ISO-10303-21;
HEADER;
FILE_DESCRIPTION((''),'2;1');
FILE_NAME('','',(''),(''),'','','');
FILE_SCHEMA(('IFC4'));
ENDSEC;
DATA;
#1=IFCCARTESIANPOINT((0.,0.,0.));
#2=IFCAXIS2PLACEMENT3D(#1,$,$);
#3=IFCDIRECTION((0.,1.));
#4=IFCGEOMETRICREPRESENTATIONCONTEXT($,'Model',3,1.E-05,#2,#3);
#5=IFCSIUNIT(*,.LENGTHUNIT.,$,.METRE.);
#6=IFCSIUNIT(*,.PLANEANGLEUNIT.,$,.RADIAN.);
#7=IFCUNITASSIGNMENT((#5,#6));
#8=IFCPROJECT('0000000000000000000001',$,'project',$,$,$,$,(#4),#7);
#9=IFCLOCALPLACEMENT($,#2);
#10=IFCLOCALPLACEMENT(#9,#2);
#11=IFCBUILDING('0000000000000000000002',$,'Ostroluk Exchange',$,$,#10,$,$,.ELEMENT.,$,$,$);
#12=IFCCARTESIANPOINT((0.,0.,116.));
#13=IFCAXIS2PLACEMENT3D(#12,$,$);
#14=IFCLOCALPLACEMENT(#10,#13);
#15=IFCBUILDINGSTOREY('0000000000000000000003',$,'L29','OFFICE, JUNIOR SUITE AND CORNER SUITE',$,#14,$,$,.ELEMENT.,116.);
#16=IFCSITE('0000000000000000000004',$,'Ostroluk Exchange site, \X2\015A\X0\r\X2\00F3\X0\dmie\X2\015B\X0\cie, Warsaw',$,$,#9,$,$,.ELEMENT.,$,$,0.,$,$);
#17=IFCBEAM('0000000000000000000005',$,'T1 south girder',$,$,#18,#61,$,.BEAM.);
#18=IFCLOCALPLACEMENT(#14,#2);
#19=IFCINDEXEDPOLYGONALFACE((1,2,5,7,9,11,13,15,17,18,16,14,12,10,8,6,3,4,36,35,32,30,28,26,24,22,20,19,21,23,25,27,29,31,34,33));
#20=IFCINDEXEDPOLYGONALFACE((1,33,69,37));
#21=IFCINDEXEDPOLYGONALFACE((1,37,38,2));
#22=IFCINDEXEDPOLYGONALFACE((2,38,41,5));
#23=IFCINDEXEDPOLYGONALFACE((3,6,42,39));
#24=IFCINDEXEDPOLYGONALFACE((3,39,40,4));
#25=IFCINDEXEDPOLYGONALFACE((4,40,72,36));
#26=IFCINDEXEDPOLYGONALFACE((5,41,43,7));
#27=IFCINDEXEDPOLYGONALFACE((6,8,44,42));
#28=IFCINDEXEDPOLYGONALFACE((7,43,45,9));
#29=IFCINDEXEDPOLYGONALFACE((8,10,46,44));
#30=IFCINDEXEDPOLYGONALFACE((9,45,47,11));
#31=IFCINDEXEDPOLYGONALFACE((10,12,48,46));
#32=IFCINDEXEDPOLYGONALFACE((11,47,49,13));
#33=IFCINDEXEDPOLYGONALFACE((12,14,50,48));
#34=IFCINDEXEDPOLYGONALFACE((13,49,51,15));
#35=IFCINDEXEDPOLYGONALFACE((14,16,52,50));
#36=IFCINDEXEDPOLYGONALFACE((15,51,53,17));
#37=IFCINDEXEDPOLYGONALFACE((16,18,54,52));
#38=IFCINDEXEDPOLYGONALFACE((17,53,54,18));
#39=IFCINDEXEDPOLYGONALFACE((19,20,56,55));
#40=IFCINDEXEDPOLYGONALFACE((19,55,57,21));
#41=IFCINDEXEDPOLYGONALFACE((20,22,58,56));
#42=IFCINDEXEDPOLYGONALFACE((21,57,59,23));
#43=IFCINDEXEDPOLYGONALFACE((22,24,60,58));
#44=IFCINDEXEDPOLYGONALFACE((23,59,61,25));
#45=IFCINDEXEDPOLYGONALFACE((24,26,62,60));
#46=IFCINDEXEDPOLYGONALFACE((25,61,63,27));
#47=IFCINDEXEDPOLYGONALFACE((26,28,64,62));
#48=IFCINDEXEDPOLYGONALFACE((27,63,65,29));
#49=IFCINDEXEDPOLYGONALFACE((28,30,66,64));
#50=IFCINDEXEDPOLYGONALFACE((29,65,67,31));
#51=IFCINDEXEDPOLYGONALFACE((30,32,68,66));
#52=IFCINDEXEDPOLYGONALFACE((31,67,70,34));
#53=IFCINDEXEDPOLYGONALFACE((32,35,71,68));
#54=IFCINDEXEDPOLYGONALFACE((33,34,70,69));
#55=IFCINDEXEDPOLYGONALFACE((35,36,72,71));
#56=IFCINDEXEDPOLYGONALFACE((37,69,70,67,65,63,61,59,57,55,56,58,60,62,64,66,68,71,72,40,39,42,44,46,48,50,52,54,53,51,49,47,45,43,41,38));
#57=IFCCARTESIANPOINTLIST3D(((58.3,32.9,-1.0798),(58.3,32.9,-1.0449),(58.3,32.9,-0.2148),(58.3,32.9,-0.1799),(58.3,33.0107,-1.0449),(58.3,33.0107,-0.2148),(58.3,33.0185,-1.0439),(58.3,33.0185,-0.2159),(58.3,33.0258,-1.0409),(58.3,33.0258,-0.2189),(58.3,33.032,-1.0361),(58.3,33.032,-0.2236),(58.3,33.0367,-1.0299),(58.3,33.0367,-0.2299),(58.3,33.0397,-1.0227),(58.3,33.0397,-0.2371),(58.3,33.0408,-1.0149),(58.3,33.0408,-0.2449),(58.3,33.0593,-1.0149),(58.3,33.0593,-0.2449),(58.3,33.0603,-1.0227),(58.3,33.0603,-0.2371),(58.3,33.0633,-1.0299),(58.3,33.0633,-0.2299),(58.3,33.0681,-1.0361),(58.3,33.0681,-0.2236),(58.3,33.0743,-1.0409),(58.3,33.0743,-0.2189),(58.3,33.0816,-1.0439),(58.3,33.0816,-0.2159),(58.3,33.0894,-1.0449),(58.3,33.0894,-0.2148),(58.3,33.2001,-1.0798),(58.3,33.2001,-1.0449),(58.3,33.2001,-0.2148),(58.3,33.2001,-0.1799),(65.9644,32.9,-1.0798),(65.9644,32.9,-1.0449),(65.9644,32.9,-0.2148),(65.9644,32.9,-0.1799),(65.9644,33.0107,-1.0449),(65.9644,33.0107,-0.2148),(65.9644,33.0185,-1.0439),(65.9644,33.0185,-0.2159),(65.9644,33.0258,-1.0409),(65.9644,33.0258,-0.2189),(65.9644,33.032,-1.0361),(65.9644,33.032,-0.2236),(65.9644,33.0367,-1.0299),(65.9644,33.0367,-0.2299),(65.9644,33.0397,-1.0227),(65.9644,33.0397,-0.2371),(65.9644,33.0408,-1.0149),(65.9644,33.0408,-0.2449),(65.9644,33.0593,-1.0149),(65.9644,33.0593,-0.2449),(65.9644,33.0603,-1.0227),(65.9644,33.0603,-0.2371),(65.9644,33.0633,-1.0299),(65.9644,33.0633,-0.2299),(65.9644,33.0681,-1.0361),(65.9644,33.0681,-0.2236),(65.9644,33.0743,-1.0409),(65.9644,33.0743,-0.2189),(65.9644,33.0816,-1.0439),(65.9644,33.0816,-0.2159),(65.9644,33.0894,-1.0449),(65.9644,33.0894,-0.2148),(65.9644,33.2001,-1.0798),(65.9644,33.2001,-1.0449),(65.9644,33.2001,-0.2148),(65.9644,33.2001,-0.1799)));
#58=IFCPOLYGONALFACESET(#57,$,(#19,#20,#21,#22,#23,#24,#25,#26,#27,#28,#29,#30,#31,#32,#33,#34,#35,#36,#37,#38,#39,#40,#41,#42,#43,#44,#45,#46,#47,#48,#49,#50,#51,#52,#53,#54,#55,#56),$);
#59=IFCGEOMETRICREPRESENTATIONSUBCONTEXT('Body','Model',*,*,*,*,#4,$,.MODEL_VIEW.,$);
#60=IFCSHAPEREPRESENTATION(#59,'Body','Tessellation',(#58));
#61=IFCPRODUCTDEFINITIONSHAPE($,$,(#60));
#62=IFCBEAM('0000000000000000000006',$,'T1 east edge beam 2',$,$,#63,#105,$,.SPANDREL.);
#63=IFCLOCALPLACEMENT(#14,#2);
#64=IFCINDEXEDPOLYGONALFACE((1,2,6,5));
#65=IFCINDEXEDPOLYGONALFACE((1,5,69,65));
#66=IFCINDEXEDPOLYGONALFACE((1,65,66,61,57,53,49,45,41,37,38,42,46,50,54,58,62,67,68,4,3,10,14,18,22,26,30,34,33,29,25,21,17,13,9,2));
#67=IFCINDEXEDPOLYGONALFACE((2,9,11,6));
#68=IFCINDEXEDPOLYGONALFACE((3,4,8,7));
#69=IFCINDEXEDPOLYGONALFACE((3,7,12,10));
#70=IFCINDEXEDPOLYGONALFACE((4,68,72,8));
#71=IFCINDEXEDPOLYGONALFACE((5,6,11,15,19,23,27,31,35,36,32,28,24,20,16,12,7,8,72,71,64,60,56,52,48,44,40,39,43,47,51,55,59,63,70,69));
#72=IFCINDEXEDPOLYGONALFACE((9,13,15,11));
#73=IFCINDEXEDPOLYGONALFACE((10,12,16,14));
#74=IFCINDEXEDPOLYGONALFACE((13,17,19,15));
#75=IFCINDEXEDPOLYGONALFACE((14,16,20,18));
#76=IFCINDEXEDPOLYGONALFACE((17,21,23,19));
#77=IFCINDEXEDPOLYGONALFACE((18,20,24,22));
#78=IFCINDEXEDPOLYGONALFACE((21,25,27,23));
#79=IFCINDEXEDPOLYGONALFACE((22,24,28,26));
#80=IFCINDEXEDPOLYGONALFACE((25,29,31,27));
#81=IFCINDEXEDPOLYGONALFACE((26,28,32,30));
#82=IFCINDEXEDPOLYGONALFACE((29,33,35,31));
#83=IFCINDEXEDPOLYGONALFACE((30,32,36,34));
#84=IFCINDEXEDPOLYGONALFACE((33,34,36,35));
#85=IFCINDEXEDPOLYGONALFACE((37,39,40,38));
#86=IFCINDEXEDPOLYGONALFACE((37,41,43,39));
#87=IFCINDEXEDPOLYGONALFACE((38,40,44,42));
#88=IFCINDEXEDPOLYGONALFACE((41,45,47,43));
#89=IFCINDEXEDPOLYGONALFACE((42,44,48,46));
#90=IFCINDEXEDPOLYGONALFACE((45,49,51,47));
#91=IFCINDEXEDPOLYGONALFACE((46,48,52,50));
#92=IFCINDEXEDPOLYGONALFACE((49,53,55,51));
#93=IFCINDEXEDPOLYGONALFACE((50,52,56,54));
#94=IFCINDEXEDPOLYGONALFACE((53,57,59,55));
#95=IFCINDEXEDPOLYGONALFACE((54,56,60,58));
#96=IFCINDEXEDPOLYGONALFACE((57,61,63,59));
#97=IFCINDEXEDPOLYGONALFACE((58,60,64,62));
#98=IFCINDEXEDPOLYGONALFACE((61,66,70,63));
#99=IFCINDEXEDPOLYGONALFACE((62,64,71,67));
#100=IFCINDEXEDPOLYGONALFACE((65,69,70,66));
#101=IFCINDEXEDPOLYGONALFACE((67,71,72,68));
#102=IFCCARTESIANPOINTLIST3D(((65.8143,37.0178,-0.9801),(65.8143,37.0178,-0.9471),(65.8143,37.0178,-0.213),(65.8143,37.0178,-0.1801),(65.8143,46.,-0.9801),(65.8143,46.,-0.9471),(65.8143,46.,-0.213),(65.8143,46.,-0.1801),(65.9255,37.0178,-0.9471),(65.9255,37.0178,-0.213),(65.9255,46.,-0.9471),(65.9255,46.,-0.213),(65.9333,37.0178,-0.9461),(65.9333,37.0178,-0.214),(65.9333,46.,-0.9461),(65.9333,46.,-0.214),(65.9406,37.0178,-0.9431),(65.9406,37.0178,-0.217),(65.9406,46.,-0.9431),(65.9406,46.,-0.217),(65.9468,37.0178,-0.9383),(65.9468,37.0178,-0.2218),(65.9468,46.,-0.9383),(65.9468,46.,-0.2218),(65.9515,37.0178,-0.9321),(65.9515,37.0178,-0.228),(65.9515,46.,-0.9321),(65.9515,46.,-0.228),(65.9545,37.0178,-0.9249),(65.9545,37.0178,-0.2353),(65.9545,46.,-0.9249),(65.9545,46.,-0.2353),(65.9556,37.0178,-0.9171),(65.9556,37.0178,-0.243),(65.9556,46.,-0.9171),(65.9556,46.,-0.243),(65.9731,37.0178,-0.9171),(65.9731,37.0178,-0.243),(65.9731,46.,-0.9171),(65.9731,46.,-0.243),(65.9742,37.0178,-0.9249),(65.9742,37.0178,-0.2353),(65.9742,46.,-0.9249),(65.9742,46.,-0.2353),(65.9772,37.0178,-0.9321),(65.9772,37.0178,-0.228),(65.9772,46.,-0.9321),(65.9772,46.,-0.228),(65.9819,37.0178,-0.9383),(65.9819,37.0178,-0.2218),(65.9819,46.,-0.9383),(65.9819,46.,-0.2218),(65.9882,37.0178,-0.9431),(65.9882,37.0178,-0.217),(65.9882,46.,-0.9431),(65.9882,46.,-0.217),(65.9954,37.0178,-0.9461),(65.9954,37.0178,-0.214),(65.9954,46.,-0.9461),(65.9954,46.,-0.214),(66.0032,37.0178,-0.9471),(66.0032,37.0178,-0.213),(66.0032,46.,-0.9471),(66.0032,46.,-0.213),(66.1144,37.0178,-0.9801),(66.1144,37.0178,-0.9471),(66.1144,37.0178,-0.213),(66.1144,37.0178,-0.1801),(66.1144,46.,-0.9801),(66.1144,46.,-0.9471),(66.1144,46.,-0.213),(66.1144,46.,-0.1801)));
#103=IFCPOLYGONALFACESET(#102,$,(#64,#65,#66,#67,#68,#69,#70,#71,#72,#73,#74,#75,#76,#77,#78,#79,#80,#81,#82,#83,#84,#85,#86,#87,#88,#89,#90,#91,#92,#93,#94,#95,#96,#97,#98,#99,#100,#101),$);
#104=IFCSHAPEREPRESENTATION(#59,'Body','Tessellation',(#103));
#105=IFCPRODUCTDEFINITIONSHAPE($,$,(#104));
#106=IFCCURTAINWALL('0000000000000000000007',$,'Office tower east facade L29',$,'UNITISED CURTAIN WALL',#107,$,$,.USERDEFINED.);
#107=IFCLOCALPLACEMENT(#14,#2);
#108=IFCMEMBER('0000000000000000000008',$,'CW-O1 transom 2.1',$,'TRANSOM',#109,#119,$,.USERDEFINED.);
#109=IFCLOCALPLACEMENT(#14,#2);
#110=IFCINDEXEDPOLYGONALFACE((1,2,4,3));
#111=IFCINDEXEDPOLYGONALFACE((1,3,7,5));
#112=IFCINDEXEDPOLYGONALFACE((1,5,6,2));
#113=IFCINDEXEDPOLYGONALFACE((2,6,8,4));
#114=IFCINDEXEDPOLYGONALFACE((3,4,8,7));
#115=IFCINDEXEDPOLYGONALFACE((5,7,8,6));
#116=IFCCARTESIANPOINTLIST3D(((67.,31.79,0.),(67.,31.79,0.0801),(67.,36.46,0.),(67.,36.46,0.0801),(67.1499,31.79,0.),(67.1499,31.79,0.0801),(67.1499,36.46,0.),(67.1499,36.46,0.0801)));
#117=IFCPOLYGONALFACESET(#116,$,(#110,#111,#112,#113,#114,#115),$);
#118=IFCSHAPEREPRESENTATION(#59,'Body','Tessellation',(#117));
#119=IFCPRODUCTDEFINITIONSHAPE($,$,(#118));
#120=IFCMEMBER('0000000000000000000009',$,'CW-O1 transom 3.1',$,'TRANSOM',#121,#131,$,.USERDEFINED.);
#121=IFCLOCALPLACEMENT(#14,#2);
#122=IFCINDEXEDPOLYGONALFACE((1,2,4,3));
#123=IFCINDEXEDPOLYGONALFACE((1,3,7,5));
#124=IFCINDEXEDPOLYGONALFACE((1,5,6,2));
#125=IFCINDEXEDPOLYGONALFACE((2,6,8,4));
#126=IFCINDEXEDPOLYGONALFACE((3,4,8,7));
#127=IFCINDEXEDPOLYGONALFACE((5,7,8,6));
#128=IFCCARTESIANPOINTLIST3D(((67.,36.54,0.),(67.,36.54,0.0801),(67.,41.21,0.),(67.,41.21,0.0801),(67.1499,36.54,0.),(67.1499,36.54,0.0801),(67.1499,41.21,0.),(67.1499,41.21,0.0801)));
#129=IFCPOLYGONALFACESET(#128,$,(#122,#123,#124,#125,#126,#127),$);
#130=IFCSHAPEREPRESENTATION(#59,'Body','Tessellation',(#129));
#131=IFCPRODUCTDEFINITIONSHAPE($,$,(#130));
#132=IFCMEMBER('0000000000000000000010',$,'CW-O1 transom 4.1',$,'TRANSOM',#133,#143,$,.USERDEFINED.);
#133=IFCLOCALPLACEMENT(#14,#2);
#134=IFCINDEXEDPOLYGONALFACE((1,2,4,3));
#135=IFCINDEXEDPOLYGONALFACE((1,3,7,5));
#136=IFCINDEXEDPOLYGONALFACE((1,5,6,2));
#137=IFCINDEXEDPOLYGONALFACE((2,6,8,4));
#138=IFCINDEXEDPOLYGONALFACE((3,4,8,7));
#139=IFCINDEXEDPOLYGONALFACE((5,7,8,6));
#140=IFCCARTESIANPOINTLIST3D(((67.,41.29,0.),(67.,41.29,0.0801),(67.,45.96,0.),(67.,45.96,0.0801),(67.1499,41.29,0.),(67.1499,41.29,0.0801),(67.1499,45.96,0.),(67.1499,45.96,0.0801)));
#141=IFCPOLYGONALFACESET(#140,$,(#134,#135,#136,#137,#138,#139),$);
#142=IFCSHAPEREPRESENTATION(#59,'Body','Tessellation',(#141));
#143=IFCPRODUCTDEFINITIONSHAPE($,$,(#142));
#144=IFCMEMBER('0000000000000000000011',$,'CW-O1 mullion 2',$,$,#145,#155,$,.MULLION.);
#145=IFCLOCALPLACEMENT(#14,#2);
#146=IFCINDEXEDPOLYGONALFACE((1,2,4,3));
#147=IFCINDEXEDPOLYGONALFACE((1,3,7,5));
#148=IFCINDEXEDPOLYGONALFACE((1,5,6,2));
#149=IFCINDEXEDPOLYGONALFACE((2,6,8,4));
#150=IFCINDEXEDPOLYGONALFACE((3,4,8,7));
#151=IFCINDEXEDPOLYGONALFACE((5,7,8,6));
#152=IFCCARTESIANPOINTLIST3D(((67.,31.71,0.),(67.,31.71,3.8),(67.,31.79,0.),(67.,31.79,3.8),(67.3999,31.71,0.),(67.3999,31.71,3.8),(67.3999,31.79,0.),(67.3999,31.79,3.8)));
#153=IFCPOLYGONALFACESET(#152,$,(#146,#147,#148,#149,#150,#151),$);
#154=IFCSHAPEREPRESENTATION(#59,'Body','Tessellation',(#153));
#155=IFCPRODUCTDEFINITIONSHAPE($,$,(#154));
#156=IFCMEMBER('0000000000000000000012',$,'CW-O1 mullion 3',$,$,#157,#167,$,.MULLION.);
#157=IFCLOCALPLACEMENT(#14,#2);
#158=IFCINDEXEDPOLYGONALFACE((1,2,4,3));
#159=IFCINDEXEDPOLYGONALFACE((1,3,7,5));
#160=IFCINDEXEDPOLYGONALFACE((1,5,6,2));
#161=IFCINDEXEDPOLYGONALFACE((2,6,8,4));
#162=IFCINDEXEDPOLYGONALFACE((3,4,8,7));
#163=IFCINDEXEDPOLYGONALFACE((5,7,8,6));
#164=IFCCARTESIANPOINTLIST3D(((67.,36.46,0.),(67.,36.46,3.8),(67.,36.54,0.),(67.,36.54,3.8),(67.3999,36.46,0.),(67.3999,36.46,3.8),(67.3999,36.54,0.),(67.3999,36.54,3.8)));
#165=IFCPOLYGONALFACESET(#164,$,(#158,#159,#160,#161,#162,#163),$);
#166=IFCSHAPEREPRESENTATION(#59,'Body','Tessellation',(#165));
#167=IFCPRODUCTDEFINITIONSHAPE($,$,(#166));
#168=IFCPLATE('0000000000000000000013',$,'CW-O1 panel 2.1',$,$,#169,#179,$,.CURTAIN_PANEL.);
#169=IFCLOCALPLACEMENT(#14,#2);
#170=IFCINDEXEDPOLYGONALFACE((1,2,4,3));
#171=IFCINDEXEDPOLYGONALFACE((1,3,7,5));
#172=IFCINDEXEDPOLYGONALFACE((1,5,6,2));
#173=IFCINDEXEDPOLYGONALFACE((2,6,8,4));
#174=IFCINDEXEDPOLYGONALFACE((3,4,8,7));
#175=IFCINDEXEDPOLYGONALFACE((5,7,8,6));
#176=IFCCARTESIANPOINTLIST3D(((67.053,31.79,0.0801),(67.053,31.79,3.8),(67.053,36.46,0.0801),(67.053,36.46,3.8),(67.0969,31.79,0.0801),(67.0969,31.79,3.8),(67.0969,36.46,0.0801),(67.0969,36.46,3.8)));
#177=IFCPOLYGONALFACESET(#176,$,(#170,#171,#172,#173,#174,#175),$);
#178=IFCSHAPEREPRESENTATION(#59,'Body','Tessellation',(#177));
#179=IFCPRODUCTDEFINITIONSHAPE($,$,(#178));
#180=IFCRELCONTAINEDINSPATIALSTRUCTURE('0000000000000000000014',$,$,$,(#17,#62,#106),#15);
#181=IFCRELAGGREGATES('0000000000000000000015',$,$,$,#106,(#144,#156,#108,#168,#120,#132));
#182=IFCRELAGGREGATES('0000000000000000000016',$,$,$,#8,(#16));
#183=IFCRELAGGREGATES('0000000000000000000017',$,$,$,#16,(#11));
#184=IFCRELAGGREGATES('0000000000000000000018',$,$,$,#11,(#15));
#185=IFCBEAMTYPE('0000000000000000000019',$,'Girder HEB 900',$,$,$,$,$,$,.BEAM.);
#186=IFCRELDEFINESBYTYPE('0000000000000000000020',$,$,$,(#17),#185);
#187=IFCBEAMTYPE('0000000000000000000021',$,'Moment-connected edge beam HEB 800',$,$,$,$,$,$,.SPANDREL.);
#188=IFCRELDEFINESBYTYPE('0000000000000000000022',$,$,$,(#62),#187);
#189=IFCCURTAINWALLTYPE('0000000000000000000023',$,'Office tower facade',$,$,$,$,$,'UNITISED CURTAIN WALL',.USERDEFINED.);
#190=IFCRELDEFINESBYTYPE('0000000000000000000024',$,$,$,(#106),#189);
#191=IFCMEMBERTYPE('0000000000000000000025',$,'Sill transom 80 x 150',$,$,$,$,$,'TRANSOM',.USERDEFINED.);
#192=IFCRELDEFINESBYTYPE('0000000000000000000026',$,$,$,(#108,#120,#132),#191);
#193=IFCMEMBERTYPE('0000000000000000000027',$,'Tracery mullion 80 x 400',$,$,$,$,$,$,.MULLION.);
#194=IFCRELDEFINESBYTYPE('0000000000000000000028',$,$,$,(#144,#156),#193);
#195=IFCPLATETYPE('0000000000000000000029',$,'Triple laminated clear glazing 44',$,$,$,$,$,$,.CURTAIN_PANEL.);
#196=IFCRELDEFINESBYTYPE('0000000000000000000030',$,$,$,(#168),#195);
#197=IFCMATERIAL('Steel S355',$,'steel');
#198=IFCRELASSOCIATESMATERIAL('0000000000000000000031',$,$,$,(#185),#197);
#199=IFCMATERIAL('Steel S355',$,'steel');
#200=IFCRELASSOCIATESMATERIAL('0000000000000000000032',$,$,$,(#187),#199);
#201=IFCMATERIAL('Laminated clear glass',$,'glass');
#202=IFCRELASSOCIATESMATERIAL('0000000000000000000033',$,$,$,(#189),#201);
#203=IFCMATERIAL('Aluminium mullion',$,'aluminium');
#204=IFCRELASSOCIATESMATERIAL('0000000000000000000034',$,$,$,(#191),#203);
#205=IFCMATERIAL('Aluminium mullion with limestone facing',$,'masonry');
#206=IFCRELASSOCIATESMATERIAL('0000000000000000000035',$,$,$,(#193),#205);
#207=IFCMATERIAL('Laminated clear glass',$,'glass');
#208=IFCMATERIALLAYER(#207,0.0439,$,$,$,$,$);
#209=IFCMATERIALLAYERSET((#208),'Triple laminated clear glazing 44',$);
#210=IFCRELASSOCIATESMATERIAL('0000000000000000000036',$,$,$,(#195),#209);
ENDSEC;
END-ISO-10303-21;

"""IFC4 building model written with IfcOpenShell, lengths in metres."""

from ifc_helpers import new_model, si_unit, direction, frame, origin, origin_2d, place, context, subcontext, project, spatial, rectangle, i_section, extrude, material, layer, layer_set, material_profile, profile_set, type_object, element, aggregate, save


model = new_model("IFC4")

# Units and contexts
model_context = context("Model", 3, precision=1e-05, world=origin(), true_north=direction((0.0, 1.0)))
body_context = subcontext(model_context, "Body", "Model", "MODEL_VIEW")
ifc_project = project(units=[si_unit("LENGTHUNIT", "METRE"), si_unit("PLANEANGLEUNIT", "RADIAN")], contexts=[model_context])

# Site, building, storey
site_placement = place(None, origin())
site = spatial("IfcSite", under=ifc_project, at=site_placement, Name="Ostroluk Exchange site, Śródmieście, Warsaw", CompositionType="ELEMENT", RefElevation=0.0)
building_placement = place(site_placement, origin())
building = spatial("IfcBuilding", under=site, at=building_placement, Name="Ostroluk Exchange", CompositionType="ELEMENT")
storey_placement = place(building_placement, frame((0.0, 0.0, 116.0)))
storey = spatial("IfcBuildingStorey", under=building, at=storey_placement, Name="L29", Description="OFFICE, JUNIOR SUITE AND CORNER SUITE", CompositionType="ELEMENT", Elevation=116.0)

# Beams
ifc_material_1 = material(Name="Steel S355", Category="steel")
ifc_material_profile_1 = material_profile(ifc_material_1, i_section(OverallWidth=0.3, OverallDepth=0.8999, WebThickness=0.0186, FlangeThickness=0.0349, FilletRadius=0.03, at=origin_2d()), Name="HEB 900")
ifc_profile_set_1 = profile_set([ifc_material_profile_1], Name="Steel S355")
beam_type_1 = type_object("IfcBeamType", Name="Girder HEB 900", PredefinedType="BEAM", material=ifc_profile_set_1)
beam_1_placement = place(storey_placement, frame((58.3, 33.05, -0.6299), z_axis=(1.0, 0.0, 0.0), x_axis=(0.0, 1.0, 0.0)))
element("IfcBeam", 1, at=beam_1_placement, inside=storey, type_object=beam_type_1, Name="T1 south girder", PredefinedType="BEAM", context=body_context, shape_type="SweptSolid", body=[
    extrude(i_section(OverallWidth=0.3, OverallDepth=0.8999, WebThickness=0.0186, FlangeThickness=0.0349, FilletRadius=0.03, at=origin_2d()), origin(), (0.0, 0.0, 1.0), 7.6643),
])
ifc_material_2 = material(Name="Steel S355", Category="steel")
ifc_material_profile_2 = material_profile(ifc_material_2, i_section(OverallWidth=0.3, OverallDepth=0.8, WebThickness=0.0176, FlangeThickness=0.033, FilletRadius=0.03, at=origin_2d()), Name="HEB 800")
ifc_profile_set_2 = profile_set([ifc_material_profile_2], Name="Steel S355")
beam_type_2 = type_object("IfcBeamType", Name="Moment-connected edge beam HEB 800", PredefinedType="SPANDREL", material=ifc_profile_set_2)
beam_2_placement = place(storey_placement, frame((65.9644, 37.0178, -0.5801), z_axis=(0.0, 1.0, 0.0), x_axis=(-1.0, 0.0, 0.0)))
element("IfcBeam", 2, at=beam_2_placement, inside=storey, type_object=beam_type_2, Name="T1 east edge beam 2", PredefinedType="SPANDREL", context=body_context, shape_type="SweptSolid", body=[
    extrude(i_section(OverallWidth=0.3, OverallDepth=0.8, WebThickness=0.0176, FlangeThickness=0.033, FilletRadius=0.03, at=origin_2d()), origin(), (0.0, 0.0, 1.0), 8.9822),
])

# Curtain wall, members, plate
ifc_material_3 = material(Name="Laminated clear glass", Category="glass")
curtain_wall_type = type_object("IfcCurtainWallType", Name="Office tower facade", ElementType="UNITISED CURTAIN WALL", PredefinedType="USERDEFINED", material=ifc_material_3)
curtain_wall_placement = place(storey_placement, origin())
curtain_wall = element("IfcCurtainWall", 3, at=curtain_wall_placement, inside=storey, type_object=curtain_wall_type, Name="Office tower east facade L29", ObjectType="UNITISED CURTAIN WALL", PredefinedType="USERDEFINED")
ifc_material_4 = material(Name="Aluminium mullion", Category="aluminium")
ifc_material_profile_3 = material_profile(ifc_material_4, rectangle(XDim=0.1499, YDim=0.0801, at=origin_2d()), Name="Sill transom 80 x 150")
ifc_profile_set_3 = profile_set([ifc_material_profile_3], Name="Aluminium mullion")
member_type_1 = type_object("IfcMemberType", Name="Sill transom 80 x 150", ElementType="TRANSOM", PredefinedType="USERDEFINED", material=ifc_profile_set_3)
member_1_placement = place(storey_placement, frame((67.075, 31.79, 0.04), z_axis=(0.0, 1.0, 0.0), x_axis=(-1.0, 0.0, 0.0)))
member_1 = element("IfcMember", 4, at=member_1_placement, type_object=member_type_1, Name="CW-O1 transom 2.1", ObjectType="TRANSOM", PredefinedType="USERDEFINED", context=body_context, shape_type="SweptSolid", body=[
    extrude(rectangle(XDim=0.1499, YDim=0.0801, at=origin_2d()), origin(), (0.0, 0.0, 1.0), 4.6699),
])
member_2_placement = place(storey_placement, frame((67.075, 36.54, 0.04), z_axis=(0.0, 1.0, 0.0), x_axis=(-1.0, 0.0, 0.0)))
member_2 = element("IfcMember", 5, at=member_2_placement, type_object=member_type_1, Name="CW-O1 transom 3.1", ObjectType="TRANSOM", PredefinedType="USERDEFINED", context=body_context, shape_type="SweptSolid", body=[
    extrude(rectangle(XDim=0.1499, YDim=0.0801, at=origin_2d()), origin(), (0.0, 0.0, 1.0), 4.6699),
])
member_3_placement = place(storey_placement, frame((67.075, 41.29, 0.04), z_axis=(0.0, 1.0, 0.0), x_axis=(-1.0, 0.0, 0.0)))
member_3 = element("IfcMember", 6, at=member_3_placement, type_object=member_type_1, Name="CW-O1 transom 4.1", ObjectType="TRANSOM", PredefinedType="USERDEFINED", context=body_context, shape_type="SweptSolid", body=[
    extrude(rectangle(XDim=0.1499, YDim=0.0801, at=origin_2d()), origin(), (0.0, 0.0, 1.0), 4.6699),
])
ifc_material_5 = material(Name="Aluminium mullion with limestone facing", Category="masonry")
ifc_material_profile_4 = material_profile(ifc_material_5, rectangle(XDim=0.3999, YDim=0.0801, at=origin_2d()), Name="Tracery mullion 80 x 400")
ifc_profile_set_4 = profile_set([ifc_material_profile_4], Name="Aluminium mullion with limestone facing")
member_type_2 = type_object("IfcMemberType", Name="Tracery mullion 80 x 400", PredefinedType="MULLION", material=ifc_profile_set_4)
member_4_placement = place(storey_placement, frame((67.2, 31.75, 0.0), z_axis=(0.0, 0.0, 1.0), x_axis=(-1.0, 0.0, 0.0)))
member_4 = element("IfcMember", 7, at=member_4_placement, type_object=member_type_2, Name="CW-O1 mullion 2", PredefinedType="MULLION", context=body_context, shape_type="SweptSolid", body=[
    extrude(rectangle(XDim=0.3999, YDim=0.0801, at=origin_2d()), origin(), (0.0, 0.0, 1.0), 3.8),
])
member_5_placement = place(storey_placement, frame((67.2, 36.5, 0.0), z_axis=(0.0, 0.0, 1.0), x_axis=(-1.0, 0.0, 0.0)))
member_5 = element("IfcMember", 8, at=member_5_placement, type_object=member_type_2, Name="CW-O1 mullion 3", PredefinedType="MULLION", context=body_context, shape_type="SweptSolid", body=[
    extrude(rectangle(XDim=0.3999, YDim=0.0801, at=origin_2d()), origin(), (0.0, 0.0, 1.0), 3.8),
])
ifc_material_6 = material(Name="Laminated clear glass", Category="glass")
ifc_layer_1 = layer(ifc_material_6, 0.0439)
ifc_layer_set_1 = layer_set([ifc_layer_1], Name="Triple laminated clear glazing 44")
plate_type = type_object("IfcPlateType", Name="Triple laminated clear glazing 44", PredefinedType="CURTAIN_PANEL", material=ifc_layer_set_1)
plate_1_placement = place(storey_placement, frame((67.075, 34.125, 0.0801), z_axis=(0.0, 0.0, 1.0), x_axis=(0.0, 1.0, 0.0)))
plate_1 = element("IfcPlate", 9, at=plate_1_placement, type_object=plate_type, Name="CW-O1 panel 2.1", PredefinedType="CURTAIN_PANEL", context=body_context, shape_type="SweptSolid", body=[
    extrude(rectangle(XDim=4.6699, YDim=0.0439, at=origin_2d()), origin(), (0.0, 0.0, 1.0), 3.72),
])
aggregate(curtain_wall, [member_4, member_5, member_1, plate_1, member_2, member_3])

save(model, "model.ifc")
